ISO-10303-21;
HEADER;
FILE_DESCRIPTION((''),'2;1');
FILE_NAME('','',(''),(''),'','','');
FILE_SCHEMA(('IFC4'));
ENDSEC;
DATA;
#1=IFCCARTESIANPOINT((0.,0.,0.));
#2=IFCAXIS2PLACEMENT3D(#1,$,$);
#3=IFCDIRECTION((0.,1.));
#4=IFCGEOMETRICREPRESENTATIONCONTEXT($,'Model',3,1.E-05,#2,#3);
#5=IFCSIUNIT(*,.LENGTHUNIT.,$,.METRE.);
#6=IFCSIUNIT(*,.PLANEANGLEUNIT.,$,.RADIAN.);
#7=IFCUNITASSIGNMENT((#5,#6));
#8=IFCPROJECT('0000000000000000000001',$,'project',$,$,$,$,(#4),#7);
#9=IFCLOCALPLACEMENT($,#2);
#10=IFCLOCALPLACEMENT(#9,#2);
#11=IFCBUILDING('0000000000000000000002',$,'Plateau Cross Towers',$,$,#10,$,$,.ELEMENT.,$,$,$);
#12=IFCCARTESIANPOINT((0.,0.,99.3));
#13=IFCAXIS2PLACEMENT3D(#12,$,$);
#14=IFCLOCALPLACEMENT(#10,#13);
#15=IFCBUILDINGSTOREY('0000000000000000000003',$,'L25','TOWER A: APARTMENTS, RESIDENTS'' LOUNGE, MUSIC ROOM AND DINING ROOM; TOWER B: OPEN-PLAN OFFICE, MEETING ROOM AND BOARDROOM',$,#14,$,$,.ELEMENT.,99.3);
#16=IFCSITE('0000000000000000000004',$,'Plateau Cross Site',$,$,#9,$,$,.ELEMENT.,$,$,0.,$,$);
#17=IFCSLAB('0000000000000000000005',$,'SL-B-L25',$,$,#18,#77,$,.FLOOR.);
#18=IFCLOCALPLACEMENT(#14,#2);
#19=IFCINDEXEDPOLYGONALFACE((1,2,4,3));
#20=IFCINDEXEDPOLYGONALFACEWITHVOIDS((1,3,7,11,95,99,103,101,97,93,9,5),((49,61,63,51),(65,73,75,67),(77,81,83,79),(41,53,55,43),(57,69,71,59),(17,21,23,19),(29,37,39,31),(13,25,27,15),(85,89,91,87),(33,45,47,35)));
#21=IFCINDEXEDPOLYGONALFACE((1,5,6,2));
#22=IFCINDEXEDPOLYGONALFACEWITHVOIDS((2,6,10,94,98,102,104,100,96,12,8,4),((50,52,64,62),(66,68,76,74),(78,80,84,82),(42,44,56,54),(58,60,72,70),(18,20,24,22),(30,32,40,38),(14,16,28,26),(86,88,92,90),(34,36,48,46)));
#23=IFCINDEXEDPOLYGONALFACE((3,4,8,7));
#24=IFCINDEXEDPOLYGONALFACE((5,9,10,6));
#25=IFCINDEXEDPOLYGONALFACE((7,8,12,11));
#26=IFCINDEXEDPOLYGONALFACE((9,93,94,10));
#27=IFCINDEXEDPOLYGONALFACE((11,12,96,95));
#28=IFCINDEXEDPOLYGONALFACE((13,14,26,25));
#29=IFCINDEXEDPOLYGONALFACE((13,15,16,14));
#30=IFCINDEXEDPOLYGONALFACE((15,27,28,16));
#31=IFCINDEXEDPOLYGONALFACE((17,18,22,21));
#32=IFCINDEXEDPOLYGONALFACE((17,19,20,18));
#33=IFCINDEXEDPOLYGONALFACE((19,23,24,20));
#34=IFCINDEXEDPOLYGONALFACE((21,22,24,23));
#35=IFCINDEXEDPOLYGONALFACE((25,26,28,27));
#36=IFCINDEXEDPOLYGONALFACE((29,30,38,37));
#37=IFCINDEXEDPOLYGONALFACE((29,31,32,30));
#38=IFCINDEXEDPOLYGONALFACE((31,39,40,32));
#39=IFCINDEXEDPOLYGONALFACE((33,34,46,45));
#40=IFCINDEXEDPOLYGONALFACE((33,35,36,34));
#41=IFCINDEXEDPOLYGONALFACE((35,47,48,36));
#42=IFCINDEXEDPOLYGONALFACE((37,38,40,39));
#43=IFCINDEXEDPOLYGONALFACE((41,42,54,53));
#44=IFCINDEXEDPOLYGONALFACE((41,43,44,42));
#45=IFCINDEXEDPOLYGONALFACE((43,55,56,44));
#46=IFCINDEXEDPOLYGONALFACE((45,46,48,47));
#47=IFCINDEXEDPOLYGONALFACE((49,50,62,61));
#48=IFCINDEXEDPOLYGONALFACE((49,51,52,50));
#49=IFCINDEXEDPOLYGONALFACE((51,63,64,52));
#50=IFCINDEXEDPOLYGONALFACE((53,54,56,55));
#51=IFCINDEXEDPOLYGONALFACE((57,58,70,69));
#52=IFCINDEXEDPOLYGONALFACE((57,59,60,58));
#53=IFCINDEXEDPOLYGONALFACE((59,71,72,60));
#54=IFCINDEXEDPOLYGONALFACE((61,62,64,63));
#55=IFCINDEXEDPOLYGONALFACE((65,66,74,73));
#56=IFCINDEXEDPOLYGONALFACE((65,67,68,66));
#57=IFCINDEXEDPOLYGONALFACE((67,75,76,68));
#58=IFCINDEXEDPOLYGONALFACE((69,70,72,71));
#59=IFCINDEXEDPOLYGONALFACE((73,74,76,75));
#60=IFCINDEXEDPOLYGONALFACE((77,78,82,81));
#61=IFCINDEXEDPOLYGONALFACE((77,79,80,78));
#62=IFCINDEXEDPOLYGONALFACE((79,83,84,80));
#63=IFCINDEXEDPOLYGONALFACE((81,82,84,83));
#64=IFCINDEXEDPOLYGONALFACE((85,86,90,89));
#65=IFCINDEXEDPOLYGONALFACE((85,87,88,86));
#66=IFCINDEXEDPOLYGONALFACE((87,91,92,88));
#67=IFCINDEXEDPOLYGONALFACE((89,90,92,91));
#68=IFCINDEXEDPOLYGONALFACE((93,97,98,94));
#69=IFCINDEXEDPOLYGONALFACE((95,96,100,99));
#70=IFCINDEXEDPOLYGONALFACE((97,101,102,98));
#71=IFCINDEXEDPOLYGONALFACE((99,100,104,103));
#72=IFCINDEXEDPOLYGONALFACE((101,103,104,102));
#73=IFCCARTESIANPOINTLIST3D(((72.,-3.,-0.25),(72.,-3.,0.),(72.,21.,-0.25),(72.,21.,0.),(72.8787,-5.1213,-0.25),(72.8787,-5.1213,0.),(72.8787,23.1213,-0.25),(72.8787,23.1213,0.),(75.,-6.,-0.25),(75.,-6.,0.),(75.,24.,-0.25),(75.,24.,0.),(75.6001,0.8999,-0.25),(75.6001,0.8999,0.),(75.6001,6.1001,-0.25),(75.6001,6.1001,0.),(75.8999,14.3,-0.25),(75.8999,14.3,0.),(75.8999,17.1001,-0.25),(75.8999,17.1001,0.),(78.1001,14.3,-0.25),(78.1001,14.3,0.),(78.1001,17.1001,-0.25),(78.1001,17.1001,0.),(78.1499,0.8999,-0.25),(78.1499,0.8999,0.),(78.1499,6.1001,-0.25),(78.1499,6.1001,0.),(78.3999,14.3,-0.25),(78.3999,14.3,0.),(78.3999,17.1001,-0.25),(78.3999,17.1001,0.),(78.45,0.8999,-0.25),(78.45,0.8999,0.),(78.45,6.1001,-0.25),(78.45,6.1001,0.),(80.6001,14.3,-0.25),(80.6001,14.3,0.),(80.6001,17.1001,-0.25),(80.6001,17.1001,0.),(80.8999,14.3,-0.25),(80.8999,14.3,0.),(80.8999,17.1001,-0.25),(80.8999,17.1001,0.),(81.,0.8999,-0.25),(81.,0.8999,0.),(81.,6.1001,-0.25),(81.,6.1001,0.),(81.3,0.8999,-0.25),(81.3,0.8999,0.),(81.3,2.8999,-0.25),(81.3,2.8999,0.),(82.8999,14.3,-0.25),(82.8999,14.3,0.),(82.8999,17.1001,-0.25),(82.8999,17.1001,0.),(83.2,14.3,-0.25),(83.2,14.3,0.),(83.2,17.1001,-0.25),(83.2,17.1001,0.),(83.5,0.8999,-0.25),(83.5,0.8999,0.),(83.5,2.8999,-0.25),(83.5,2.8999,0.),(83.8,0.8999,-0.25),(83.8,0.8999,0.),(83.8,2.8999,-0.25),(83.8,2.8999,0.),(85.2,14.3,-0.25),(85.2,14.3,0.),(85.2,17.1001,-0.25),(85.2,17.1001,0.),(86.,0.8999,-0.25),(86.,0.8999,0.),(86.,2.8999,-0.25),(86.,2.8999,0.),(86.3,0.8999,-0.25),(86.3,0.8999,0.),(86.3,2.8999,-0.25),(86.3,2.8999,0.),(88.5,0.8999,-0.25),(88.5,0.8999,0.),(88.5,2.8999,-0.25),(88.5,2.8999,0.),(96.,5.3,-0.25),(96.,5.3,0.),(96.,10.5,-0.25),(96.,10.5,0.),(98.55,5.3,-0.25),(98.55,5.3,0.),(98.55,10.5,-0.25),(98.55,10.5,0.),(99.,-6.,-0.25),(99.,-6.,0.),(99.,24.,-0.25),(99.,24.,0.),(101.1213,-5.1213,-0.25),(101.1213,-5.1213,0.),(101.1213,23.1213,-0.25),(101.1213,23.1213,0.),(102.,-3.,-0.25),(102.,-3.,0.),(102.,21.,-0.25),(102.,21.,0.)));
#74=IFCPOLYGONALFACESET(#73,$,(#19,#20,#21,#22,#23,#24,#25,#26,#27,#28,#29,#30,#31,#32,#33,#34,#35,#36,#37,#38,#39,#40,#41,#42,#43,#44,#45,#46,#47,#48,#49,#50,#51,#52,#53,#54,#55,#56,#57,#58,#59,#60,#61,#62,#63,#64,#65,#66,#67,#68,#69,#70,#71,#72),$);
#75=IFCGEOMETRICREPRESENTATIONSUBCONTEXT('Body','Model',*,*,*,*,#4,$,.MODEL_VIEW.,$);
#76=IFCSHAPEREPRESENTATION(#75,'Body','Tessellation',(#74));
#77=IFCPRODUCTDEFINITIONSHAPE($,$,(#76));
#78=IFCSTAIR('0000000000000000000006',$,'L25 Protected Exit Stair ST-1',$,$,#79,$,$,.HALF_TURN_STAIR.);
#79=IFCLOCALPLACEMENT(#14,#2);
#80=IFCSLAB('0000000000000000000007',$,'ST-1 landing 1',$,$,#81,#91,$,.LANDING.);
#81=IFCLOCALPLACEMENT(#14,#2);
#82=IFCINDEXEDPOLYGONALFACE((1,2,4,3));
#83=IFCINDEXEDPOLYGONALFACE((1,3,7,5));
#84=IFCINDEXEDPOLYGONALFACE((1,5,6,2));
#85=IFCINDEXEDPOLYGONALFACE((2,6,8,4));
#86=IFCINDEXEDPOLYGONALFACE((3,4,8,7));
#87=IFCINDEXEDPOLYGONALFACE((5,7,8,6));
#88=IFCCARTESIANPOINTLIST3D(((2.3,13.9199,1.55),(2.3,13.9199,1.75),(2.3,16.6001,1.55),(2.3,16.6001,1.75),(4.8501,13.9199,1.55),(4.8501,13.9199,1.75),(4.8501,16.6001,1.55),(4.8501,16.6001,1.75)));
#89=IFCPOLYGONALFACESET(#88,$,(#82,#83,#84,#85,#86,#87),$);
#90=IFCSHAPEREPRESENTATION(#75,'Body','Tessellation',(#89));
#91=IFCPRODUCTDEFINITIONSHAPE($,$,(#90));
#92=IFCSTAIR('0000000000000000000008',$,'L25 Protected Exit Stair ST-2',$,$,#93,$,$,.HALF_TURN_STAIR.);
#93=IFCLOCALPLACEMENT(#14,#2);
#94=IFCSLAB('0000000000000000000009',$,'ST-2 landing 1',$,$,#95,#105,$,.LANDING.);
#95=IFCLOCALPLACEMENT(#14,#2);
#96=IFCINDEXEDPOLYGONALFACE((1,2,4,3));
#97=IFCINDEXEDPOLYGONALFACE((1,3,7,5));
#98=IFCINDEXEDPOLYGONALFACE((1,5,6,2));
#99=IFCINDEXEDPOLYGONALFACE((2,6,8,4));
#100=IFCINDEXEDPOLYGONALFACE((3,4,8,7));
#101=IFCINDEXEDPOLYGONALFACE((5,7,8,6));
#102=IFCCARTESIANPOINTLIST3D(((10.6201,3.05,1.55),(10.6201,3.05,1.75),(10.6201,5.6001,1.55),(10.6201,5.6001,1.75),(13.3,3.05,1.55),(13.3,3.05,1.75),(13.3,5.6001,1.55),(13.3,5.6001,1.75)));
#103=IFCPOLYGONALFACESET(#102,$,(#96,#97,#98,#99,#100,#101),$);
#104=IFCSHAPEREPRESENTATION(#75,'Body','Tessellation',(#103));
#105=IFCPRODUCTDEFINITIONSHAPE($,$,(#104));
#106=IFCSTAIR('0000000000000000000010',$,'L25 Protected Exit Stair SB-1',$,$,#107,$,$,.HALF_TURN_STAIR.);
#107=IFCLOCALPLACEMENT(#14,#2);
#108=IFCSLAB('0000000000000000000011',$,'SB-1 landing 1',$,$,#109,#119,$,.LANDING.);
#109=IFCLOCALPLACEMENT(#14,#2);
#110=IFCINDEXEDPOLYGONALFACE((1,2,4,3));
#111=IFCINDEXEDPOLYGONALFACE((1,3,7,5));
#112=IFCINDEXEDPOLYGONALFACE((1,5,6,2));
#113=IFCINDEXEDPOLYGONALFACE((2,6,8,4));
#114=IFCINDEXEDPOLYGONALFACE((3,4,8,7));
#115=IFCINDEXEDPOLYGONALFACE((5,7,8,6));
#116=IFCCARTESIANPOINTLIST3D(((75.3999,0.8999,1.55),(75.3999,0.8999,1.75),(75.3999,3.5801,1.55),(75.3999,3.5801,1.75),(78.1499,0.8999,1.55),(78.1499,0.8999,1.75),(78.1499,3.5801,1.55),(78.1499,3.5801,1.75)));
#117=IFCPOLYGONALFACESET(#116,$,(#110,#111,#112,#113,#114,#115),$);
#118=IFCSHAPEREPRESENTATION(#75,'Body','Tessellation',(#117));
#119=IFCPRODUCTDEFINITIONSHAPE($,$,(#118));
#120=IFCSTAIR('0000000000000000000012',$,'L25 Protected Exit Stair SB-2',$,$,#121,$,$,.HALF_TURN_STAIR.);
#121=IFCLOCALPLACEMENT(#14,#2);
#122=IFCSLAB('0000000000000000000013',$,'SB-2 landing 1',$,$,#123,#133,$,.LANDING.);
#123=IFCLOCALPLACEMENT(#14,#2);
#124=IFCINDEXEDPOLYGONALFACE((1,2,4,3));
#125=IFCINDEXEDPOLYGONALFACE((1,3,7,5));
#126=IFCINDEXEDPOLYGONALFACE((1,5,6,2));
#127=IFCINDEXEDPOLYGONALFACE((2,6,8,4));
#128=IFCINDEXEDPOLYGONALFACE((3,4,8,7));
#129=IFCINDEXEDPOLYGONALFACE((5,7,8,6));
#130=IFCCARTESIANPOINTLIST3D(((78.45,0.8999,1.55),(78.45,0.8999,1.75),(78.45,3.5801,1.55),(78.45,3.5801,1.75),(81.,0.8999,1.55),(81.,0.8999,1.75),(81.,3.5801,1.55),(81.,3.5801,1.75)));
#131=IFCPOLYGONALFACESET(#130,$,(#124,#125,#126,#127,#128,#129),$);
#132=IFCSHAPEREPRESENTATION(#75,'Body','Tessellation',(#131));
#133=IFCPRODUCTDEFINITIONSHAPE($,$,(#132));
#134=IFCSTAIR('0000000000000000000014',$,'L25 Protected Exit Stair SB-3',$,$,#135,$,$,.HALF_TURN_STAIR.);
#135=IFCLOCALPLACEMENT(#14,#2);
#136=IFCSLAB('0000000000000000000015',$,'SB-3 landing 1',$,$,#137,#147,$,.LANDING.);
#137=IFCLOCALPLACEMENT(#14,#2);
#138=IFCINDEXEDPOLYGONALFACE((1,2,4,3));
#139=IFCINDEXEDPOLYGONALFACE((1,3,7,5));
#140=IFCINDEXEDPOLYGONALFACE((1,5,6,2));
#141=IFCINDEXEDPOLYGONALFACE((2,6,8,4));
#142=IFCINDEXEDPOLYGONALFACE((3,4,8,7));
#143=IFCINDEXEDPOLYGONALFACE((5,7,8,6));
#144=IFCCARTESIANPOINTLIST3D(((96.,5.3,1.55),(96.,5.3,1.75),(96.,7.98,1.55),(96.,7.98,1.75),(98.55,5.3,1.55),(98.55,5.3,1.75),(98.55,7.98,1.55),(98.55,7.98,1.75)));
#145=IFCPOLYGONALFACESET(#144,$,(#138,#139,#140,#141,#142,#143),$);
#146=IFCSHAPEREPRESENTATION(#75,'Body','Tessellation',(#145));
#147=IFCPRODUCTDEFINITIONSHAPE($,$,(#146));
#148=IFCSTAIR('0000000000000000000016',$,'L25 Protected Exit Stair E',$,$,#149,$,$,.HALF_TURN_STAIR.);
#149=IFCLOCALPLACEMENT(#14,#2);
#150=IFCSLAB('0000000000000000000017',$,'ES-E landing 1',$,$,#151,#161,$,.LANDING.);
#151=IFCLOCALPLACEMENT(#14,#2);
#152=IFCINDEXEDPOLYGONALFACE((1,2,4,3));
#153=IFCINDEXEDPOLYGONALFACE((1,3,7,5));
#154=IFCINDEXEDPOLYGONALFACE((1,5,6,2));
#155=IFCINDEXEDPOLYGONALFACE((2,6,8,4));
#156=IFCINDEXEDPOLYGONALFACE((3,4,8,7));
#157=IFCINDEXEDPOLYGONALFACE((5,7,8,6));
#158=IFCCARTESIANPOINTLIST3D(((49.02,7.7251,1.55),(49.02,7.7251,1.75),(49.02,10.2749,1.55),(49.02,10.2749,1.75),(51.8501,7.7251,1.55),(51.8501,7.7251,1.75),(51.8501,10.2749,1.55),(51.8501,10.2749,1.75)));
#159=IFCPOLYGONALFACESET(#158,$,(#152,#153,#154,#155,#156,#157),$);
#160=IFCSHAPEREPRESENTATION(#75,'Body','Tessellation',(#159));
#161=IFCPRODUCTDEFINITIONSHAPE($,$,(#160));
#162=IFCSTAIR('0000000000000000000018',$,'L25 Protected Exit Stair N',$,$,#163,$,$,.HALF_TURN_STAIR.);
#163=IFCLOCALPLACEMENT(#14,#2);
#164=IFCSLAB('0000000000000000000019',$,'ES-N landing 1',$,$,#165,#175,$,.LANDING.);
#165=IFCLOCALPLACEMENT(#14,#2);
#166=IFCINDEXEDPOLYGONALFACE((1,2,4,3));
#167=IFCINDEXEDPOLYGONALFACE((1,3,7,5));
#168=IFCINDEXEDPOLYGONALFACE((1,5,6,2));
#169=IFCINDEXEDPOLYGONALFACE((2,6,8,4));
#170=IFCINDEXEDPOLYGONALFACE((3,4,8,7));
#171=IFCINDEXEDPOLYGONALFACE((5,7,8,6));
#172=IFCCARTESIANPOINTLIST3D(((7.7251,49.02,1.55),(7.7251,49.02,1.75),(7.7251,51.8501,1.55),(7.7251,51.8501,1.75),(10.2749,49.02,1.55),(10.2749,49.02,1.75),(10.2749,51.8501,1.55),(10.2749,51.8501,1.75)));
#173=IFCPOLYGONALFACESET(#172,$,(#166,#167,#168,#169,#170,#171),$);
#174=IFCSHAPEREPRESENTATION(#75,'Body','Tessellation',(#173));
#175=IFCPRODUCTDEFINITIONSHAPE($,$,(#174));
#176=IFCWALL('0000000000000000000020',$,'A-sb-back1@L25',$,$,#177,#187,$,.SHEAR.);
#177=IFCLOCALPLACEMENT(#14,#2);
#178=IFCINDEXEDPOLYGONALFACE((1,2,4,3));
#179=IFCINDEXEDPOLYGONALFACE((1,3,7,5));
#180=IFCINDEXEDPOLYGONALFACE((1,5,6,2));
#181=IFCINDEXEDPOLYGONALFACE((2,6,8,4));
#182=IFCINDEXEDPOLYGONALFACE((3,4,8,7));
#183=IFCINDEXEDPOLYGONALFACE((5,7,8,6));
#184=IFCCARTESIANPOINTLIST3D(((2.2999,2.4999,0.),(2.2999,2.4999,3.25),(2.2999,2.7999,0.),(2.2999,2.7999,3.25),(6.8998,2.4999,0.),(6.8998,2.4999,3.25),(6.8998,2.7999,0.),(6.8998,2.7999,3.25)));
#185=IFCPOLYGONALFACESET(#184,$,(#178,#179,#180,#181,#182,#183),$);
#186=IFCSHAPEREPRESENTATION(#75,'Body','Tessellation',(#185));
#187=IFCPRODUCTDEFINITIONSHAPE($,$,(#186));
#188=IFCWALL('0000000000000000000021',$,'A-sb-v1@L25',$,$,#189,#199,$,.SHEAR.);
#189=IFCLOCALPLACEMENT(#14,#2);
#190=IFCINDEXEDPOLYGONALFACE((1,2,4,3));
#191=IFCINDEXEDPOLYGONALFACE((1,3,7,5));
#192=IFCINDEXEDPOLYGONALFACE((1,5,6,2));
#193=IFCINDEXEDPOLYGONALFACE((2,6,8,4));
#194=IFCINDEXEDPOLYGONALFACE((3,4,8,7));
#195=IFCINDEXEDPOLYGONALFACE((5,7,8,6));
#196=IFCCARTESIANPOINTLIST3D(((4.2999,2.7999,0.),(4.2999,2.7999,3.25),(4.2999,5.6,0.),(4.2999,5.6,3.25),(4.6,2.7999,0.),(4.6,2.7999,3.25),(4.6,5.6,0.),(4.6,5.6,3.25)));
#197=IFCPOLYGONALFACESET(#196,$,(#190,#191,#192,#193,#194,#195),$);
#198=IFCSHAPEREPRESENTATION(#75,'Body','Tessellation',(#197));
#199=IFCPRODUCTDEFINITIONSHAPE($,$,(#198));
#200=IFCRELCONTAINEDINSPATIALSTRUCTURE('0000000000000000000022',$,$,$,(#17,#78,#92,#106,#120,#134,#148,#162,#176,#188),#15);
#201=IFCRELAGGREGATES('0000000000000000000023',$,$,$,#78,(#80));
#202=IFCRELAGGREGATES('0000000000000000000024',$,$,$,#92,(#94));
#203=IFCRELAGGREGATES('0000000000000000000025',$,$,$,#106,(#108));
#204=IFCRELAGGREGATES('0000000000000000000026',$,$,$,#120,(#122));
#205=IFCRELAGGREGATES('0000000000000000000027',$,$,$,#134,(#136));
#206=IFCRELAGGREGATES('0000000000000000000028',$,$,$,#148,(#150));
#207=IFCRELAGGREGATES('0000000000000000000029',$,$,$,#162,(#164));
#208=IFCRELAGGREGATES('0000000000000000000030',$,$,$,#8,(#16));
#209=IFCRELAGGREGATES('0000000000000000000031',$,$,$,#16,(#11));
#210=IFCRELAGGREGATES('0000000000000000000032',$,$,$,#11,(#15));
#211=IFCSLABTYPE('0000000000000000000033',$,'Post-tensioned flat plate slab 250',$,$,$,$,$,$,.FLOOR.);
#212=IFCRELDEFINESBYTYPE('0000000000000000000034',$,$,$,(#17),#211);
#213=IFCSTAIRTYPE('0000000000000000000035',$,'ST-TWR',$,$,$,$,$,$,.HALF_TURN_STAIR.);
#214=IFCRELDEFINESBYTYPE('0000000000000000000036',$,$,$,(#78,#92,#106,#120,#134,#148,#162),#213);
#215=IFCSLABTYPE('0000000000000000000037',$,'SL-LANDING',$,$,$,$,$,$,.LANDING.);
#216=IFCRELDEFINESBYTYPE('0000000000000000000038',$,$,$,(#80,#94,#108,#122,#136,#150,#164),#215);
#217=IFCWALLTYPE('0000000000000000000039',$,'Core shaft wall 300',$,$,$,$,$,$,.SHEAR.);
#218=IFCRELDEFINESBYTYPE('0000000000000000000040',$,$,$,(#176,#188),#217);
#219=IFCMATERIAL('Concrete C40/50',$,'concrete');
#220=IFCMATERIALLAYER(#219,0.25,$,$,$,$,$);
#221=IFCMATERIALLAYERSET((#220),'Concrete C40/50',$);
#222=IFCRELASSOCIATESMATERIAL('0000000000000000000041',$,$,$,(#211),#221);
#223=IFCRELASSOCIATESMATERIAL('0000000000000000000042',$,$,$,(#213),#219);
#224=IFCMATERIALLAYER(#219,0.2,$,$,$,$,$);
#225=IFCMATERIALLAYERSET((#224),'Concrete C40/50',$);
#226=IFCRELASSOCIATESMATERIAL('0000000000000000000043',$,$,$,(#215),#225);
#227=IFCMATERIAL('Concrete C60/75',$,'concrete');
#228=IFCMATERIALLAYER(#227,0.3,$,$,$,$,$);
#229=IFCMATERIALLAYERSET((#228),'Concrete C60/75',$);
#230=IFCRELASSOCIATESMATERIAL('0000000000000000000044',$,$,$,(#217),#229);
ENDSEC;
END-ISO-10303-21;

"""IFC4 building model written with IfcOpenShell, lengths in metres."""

from ifc_helpers import new_model, si_unit, direction, frame, frame_2d, origin, place, context, subcontext, project, spatial, polyline, rectangle, outline, extrude, material, layer, layer_set, type_object, element, aggregate, save


model = new_model("IFC4")

# Units and contexts
model_context = context("Model", 3, precision=1e-05, world=origin(), true_north=direction((0.0, 1.0)))
body_context = subcontext(model_context, "Body", "Model", "MODEL_VIEW")
ifc_project = project(units=[si_unit("LENGTHUNIT", "METRE"), si_unit("PLANEANGLEUNIT", "RADIAN")], contexts=[model_context])

# Site, building, storey
site_placement = place(None, origin())
site = spatial("IfcSite", under=ifc_project, at=site_placement, Name="Plateau Cross Site", CompositionType="ELEMENT", RefElevation=0.0)
building_placement = place(site_placement, origin())
building = spatial("IfcBuilding", under=site, at=building_placement, Name="Plateau Cross Towers", CompositionType="ELEMENT")
storey_placement = place(building_placement, frame((0.0, 0.0, 99.3)))
storey = spatial("IfcBuildingStorey", under=building, at=storey_placement, Name="L25", Description="TOWER A: APARTMENTS, RESIDENTS' LOUNGE, MUSIC ROOM AND DINING ROOM; TOWER B: OPEN-PLAN OFFICE, MEETING ROOM AND BOARDROOM", CompositionType="ELEMENT", Elevation=99.3)

# Shared definitions
ifc_material_1 = material(Name="Concrete C60/75", Category="concrete")

# Shared definitions
ifc_material_2 = material(Name="Concrete C40/50", Category="concrete")

# Slab
ifc_layer_1 = layer(ifc_material_2, 0.25)
ifc_layer_set_1 = layer_set([ifc_layer_1], Name="Concrete C40/50")
slab_type_1 = type_object("IfcSlabType", Name="Post-tensioned flat plate slab 250", PredefinedType="FLOOR", material=ifc_layer_set_1)
slab_1_placement = place(storey_placement, frame((0.0, 0.0, -0.25)))
element("IfcSlab", 1, at=slab_1_placement, inside=storey, type_object=slab_type_1, Name="SL-B-L25", PredefinedType="FLOOR", context=body_context, shape_type="SweptSolid", body=[
    extrude(outline(polyline([(72.8787, -5.1213), (72.0, -3.0), (72.0, 21.0), (72.8787, 23.1213), (75.0, 24.0), (99.0, 24.0), (101.1213, 23.1213), (102.0, 21.0), (102.0, -3.0), (101.1213, -5.1213), (99.0, -6.0), (75.0, -6.0), (72.8787, -5.1213)]), holes=[polyline([(75.6001, 0.8999), (78.1499, 0.8999), (78.1499, 6.1001), (75.6001, 6.1001), (75.6001, 0.8999)]), polyline([(78.1001, 14.3), (78.1001, 17.1001), (75.8999, 17.1001), (75.8999, 14.3), (78.1001, 14.3)]), polyline([(83.5, 0.8999), (83.5, 2.8999), (81.3, 2.8999), (81.3, 0.8999), (83.5, 0.8999)]), polyline([(86.0, 0.8999), (86.0, 2.8999), (83.8, 2.8999), (83.8, 0.8999), (86.0, 0.8999)]), polyline([(88.5, 0.8999), (88.5, 2.8999), (86.3, 2.8999), (86.3, 0.8999), (88.5, 0.8999)]), polyline([(78.45, 0.8999), (81.0, 0.8999), (81.0, 6.1001), (78.45, 6.1001), (78.45, 0.8999)]), polyline([(96.0, 5.3), (98.55, 5.3), (98.55, 10.5), (96.0, 10.5), (96.0, 5.3)]), polyline([(80.6001, 14.3), (80.6001, 17.1001), (78.3999, 17.1001), (78.3999, 14.3), (80.6001, 14.3)]), polyline([(80.8999, 14.3), (82.8999, 14.3), (82.8999, 17.1001), (80.8999, 17.1001), (80.8999, 14.3)]), polyline([(83.2, 14.3), (85.2, 14.3), (85.2, 17.1001), (83.2, 17.1001), (83.2, 14.3)])]), origin(), (0.0, 0.0, 1.0), 0.25),
])

# Stairs, slabs
stair_type = type_object("IfcStairType", Name="ST-TWR", PredefinedType="HALF_TURN_STAIR", material=ifc_material_2)
stair_1_placement = place(storey_placement, origin())
stair_1 = element("IfcStair", 2, at=stair_1_placement, inside=storey, type_object=stair_type, Name="L25 Protected Exit Stair ST-1", PredefinedType="HALF_TURN_STAIR")
ifc_layer_2 = layer(ifc_material_2, 0.2)
ifc_layer_set_2 = layer_set([ifc_layer_2], Name="Concrete C40/50")
slab_type_2 = type_object("IfcSlabType", Name="SL-LANDING", PredefinedType="LANDING", material=ifc_layer_set_2)
slab_2_placement = place(storey_placement, frame((0.0, 0.0, 1.55)))
slab_2 = element("IfcSlab", 3, at=slab_2_placement, type_object=slab_type_2, Name="ST-1 landing 1", PredefinedType="LANDING", context=body_context, shape_type="SweptSolid", body=[
    extrude(outline(polyline([(4.8501, 13.9199), (4.8501, 16.6001), (2.3, 16.6001), (2.3, 13.9199), (4.8501, 13.9199)])), origin(), (0.0, 0.0, 1.0), 0.2),
])
aggregate(stair_1, [slab_2])
stair_2_placement = place(storey_placement, origin())
stair_2 = element("IfcStair", 4, at=stair_2_placement, inside=storey, type_object=stair_type, Name="L25 Protected Exit Stair ST-2", PredefinedType="HALF_TURN_STAIR")
slab_3_placement = place(storey_placement, frame((0.0, 0.0, 1.55)))
slab_3 = element("IfcSlab", 5, at=slab_3_placement, type_object=slab_type_2, Name="ST-2 landing 1", PredefinedType="LANDING", context=body_context, shape_type="SweptSolid", body=[
    extrude(outline(polyline([(10.6201, 3.05), (13.3, 3.05), (13.3, 5.6001), (10.6201, 5.6001), (10.6201, 3.05)])), origin(), (0.0, 0.0, 1.0), 0.2),
])
aggregate(stair_2, [slab_3])
stair_3_placement = place(storey_placement, origin())
stair_3 = element("IfcStair", 6, at=stair_3_placement, inside=storey, type_object=stair_type, Name="L25 Protected Exit Stair SB-1", PredefinedType="HALF_TURN_STAIR")
slab_4_placement = place(storey_placement, frame((0.0, 0.0, 1.55)))
slab_4 = element("IfcSlab", 7, at=slab_4_placement, type_object=slab_type_2, Name="SB-1 landing 1", PredefinedType="LANDING", context=body_context, shape_type="SweptSolid", body=[
    extrude(outline(polyline([(75.3999, 3.5801), (75.3999, 0.8999), (78.1499, 0.8999), (78.1499, 3.5801), (75.3999, 3.5801)])), origin(), (0.0, 0.0, 1.0), 0.2),
])
aggregate(stair_3, [slab_4])
stair_4_placement = place(storey_placement, origin())
stair_4 = element("IfcStair", 8, at=stair_4_placement, inside=storey, type_object=stair_type, Name="L25 Protected Exit Stair SB-2", PredefinedType="HALF_TURN_STAIR")
slab_5_placement = place(storey_placement, frame((0.0, 0.0, 1.55)))
slab_5 = element("IfcSlab", 9, at=slab_5_placement, type_object=slab_type_2, Name="SB-2 landing 1", PredefinedType="LANDING", context=body_context, shape_type="SweptSolid", body=[
    extrude(outline(polyline([(78.45, 3.5801), (78.45, 0.8999), (81.0, 0.8999), (81.0, 3.5801), (78.45, 3.5801)])), origin(), (0.0, 0.0, 1.0), 0.2),
])
aggregate(stair_4, [slab_5])
stair_5_placement = place(storey_placement, origin())
stair_5 = element("IfcStair", 10, at=stair_5_placement, inside=storey, type_object=stair_type, Name="L25 Protected Exit Stair SB-3", PredefinedType="HALF_TURN_STAIR")
slab_6_placement = place(storey_placement, frame((0.0, 0.0, 1.55)))
slab_6 = element("IfcSlab", 11, at=slab_6_placement, type_object=slab_type_2, Name="SB-3 landing 1", PredefinedType="LANDING", context=body_context, shape_type="SweptSolid", body=[
    extrude(outline(polyline([(96.0, 7.98), (96.0, 5.3), (98.55, 5.3), (98.55, 7.98), (96.0, 7.98)])), origin(), (0.0, 0.0, 1.0), 0.2),
])
aggregate(stair_5, [slab_6])
stair_6_placement = place(storey_placement, origin())
stair_6 = element("IfcStair", 12, at=stair_6_placement, inside=storey, type_object=stair_type, Name="L25 Protected Exit Stair E", PredefinedType="HALF_TURN_STAIR")
slab_7_placement = place(storey_placement, frame((0.0, 0.0, 1.55)))
slab_7 = element("IfcSlab", 13, at=slab_7_placement, type_object=slab_type_2, Name="ES-E landing 1", PredefinedType="LANDING", context=body_context, shape_type="SweptSolid", body=[
    extrude(outline(polyline([(49.02, 7.7251), (51.8501, 7.7251), (51.8501, 10.2749), (49.02, 10.2749), (49.02, 7.7251)])), origin(), (0.0, 0.0, 1.0), 0.2),
])
aggregate(stair_6, [slab_7])
stair_7_placement = place(storey_placement, origin())
stair_7 = element("IfcStair", 14, at=stair_7_placement, inside=storey, type_object=stair_type, Name="L25 Protected Exit Stair N", PredefinedType="HALF_TURN_STAIR")
slab_8_placement = place(storey_placement, frame((0.0, 0.0, 1.55)))
slab_8 = element("IfcSlab", 15, at=slab_8_placement, type_object=slab_type_2, Name="ES-N landing 1", PredefinedType="LANDING", context=body_context, shape_type="SweptSolid", body=[
    extrude(outline(polyline([(10.2749, 49.02), (10.2749, 51.8501), (7.7251, 51.8501), (7.7251, 49.02), (10.2749, 49.02)])), origin(), (0.0, 0.0, 1.0), 0.2),
])
aggregate(stair_7, [slab_8])

# Walls
ifc_layer_3 = layer(ifc_material_1, 0.3)
ifc_layer_set_3 = layer_set([ifc_layer_3], Name="Concrete C60/75")
wall_type_1 = type_object("IfcWallType", Name="Core shaft wall 300", PredefinedType="SHEAR", material=ifc_layer_set_3)
wall_1_placement = place(storey_placement, frame((2.3, 2.6499, 0.0), z_axis=(0.0, 0.0, 1.0), x_axis=(1.0, 0.0, 0.0)))
element("IfcWall", 16, at=wall_1_placement, inside=storey, type_object=wall_type_1, Name="A-sb-back1@L25", PredefinedType="SHEAR", context=body_context, shape_type="SweptSolid", body=[
    extrude(rectangle(XDim=4.5999, YDim=0.3, at=frame_2d((2.2998, 0.0))), origin(), (0.0, 0.0, 1.0), 3.25),
])
wall_2_placement = place(storey_placement, frame((4.45, 2.8, 0.0), z_axis=(0.0, 0.0, 1.0), x_axis=(0.0, 1.0, 0.0)))
element("IfcWall", 17, at=wall_2_placement, inside=storey, type_object=wall_type_1, Name="A-sb-v1@L25", PredefinedType="SHEAR", context=body_context, shape_type="SweptSolid", body=[
    extrude(rectangle(XDim=2.8, YDim=0.3, at=frame_2d((1.3999, 0.0))), origin(), (0.0, 0.0, 1.0), 3.25),
])

save(model, "model.ifc")
